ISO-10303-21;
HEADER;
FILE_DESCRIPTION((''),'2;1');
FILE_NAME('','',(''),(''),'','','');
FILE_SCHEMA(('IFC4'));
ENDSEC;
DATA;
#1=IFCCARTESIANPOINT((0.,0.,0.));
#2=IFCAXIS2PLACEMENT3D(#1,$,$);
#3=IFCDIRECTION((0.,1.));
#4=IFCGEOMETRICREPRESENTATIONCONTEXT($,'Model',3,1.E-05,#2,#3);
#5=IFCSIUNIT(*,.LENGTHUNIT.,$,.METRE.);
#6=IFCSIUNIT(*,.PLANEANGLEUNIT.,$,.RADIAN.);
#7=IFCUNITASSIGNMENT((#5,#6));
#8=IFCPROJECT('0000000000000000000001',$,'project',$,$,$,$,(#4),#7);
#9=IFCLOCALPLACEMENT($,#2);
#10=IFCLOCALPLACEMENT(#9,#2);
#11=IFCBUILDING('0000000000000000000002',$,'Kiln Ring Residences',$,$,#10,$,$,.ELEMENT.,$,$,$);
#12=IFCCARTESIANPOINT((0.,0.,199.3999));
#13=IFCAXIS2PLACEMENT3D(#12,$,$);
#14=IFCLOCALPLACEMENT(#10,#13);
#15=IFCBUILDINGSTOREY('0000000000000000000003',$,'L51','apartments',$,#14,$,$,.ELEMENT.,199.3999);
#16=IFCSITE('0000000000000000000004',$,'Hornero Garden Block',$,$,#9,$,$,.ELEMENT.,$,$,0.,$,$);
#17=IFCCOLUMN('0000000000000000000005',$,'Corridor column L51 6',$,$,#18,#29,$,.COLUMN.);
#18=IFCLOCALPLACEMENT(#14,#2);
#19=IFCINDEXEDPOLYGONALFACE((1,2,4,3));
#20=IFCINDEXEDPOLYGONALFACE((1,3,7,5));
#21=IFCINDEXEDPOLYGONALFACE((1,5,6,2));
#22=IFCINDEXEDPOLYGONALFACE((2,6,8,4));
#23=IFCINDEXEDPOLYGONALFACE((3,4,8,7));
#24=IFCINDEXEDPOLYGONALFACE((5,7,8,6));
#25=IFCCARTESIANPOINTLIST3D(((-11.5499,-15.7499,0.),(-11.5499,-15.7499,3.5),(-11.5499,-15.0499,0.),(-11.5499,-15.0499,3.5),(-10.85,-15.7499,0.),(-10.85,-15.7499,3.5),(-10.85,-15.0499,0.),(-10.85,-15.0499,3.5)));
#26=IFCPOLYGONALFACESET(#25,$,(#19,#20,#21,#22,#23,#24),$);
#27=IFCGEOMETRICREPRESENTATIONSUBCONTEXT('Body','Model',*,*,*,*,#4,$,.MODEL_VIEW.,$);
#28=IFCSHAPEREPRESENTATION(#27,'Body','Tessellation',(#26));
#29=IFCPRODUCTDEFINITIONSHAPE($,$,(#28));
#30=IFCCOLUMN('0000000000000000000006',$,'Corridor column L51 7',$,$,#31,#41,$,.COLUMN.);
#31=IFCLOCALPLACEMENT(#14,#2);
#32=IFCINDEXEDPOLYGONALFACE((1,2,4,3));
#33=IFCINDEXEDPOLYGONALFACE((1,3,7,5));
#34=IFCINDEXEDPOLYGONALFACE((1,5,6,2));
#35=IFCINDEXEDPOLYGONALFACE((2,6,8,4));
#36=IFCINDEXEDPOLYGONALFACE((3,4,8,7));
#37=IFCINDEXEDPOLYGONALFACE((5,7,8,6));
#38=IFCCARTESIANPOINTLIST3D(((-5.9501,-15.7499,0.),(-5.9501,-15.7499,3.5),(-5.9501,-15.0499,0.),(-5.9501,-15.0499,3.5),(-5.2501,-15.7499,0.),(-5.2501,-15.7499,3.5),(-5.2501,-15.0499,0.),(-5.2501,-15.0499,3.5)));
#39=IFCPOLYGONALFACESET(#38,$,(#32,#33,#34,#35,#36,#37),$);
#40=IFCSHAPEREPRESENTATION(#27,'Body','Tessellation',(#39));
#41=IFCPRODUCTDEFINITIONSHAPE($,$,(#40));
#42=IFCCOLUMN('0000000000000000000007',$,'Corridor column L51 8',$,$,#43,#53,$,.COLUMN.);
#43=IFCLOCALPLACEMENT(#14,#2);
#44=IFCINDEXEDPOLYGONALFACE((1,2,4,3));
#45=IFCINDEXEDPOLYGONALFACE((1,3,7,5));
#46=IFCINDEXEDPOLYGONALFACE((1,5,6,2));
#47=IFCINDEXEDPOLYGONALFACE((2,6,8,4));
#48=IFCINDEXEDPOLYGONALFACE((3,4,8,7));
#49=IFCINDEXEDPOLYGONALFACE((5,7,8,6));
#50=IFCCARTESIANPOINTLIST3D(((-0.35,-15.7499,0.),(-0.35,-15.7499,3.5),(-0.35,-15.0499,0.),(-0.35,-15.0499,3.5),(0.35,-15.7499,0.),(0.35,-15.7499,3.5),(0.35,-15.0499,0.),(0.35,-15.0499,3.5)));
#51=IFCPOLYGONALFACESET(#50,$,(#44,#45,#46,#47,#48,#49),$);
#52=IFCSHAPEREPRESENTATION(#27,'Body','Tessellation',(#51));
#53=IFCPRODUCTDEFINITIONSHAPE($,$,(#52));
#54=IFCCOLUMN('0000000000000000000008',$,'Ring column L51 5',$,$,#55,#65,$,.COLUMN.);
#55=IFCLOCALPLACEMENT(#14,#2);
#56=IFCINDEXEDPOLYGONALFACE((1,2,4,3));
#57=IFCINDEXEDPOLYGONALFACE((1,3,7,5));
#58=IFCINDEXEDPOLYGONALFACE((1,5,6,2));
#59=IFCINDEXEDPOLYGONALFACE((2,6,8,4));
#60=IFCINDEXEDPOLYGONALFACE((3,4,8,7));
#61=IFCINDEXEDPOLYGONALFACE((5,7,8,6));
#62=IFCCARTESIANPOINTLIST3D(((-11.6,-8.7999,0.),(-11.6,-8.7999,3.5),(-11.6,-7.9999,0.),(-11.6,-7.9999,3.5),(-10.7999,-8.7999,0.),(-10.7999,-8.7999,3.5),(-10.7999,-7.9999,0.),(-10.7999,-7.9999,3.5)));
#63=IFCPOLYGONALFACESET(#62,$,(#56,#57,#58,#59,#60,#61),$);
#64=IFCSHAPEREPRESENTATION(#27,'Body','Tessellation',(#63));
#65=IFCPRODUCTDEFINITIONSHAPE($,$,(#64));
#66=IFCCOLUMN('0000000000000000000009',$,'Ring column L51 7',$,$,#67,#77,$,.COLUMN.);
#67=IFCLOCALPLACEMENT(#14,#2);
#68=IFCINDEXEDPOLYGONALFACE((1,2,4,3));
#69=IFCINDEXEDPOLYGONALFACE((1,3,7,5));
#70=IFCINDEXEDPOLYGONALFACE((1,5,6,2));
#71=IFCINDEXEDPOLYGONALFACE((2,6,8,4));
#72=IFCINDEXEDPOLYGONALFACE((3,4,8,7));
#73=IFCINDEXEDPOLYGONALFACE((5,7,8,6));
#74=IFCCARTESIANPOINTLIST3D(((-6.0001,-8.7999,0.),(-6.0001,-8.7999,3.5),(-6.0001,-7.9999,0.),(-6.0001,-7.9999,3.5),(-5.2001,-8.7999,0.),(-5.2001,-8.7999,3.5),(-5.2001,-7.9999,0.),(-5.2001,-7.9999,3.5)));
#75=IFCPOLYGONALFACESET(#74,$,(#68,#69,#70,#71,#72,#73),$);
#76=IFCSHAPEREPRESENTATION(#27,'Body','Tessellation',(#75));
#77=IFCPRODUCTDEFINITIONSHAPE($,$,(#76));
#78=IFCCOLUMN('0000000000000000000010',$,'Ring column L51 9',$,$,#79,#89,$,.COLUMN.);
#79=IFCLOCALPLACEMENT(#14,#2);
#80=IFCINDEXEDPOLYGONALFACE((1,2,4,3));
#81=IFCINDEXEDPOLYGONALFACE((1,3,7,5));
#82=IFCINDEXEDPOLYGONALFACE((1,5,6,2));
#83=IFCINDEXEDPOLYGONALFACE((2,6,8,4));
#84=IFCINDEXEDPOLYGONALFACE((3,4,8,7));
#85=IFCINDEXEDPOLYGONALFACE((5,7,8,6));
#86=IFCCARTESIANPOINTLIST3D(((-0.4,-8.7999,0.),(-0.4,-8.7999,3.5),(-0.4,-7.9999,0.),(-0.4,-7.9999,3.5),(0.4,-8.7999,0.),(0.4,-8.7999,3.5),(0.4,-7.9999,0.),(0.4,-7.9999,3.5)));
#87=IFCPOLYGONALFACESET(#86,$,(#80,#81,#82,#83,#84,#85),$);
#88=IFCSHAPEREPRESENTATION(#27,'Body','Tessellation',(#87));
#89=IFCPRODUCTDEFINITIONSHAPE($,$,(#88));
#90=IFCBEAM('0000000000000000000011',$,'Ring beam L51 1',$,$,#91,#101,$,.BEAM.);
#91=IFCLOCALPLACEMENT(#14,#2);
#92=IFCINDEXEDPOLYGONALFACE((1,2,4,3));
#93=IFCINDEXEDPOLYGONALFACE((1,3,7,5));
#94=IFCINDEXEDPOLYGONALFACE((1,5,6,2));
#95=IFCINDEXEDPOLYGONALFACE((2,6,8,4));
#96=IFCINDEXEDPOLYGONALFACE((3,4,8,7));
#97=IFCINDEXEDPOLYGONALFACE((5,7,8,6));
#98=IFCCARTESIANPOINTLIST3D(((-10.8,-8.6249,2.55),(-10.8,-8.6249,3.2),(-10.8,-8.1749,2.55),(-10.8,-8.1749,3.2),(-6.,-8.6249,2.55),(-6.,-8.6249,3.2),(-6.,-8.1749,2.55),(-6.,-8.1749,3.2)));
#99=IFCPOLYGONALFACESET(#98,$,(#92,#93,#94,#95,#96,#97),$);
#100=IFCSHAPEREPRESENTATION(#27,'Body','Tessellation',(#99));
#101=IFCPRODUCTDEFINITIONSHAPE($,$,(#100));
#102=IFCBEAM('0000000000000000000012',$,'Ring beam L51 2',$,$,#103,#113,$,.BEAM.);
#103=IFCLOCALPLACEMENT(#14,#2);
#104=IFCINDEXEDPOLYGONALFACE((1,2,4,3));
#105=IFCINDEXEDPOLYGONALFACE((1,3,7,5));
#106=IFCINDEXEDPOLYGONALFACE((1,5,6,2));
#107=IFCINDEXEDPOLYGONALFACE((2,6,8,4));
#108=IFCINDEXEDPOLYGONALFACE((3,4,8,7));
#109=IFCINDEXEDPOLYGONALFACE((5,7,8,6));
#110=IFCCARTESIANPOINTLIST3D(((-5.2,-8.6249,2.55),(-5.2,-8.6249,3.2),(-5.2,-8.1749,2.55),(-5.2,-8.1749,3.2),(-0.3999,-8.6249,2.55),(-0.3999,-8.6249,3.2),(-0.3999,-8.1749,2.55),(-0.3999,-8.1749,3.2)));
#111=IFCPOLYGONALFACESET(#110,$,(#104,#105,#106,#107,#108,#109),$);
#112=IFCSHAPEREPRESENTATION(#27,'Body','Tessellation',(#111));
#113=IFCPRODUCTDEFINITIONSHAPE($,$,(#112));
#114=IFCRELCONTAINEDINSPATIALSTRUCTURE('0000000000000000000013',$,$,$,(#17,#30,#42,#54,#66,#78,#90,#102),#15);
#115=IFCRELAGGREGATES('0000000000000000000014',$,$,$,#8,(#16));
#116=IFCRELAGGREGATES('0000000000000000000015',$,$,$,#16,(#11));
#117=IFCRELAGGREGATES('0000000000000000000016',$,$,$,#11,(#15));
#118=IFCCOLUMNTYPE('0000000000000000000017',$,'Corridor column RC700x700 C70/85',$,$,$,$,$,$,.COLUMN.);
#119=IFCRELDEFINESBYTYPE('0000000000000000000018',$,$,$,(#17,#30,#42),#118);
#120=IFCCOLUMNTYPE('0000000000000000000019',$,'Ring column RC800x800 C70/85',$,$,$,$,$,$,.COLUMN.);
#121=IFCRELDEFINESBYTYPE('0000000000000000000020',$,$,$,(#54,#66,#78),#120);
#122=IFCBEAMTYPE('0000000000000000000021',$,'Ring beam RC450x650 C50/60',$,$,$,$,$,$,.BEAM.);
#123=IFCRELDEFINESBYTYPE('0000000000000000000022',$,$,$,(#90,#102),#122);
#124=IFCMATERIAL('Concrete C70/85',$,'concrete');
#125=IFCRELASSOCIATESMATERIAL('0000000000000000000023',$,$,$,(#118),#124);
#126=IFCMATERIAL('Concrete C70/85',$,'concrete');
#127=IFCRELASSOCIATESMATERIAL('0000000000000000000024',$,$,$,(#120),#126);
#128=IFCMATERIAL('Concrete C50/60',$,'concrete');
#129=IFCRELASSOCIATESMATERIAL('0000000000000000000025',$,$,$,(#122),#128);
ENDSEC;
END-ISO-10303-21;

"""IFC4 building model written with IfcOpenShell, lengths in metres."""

from ifc_helpers import new_model, si_unit, direction, frame, origin, origin_2d, place, context, subcontext, project, spatial, rectangle, extrude, material, material_profile, profile_set, type_object, element, save


model = new_model("IFC4")

# Units and contexts
model_context = context("Model", 3, precision=1e-05, world=origin(), true_north=direction((0.0, 1.0)))
body_context = subcontext(model_context, "Body", "Model", "MODEL_VIEW")
ifc_project = project(units=[si_unit("LENGTHUNIT", "METRE"), si_unit("PLANEANGLEUNIT", "RADIAN")], contexts=[model_context])

# Site, building, storey
site_placement = place(None, origin())
site = spatial("IfcSite", under=ifc_project, at=site_placement, Name="Hornero Garden Block", CompositionType="ELEMENT", RefElevation=0.0)
building_placement = place(site_placement, origin())
building = spatial("IfcBuilding", under=site, at=building_placement, Name="Kiln Ring Residences", CompositionType="ELEMENT")
storey_placement = place(building_placement, frame((0.0, 0.0, 199.3999)))
storey = spatial("IfcBuildingStorey", under=building, at=storey_placement, Name="L51", Description="apartments", CompositionType="ELEMENT", Elevation=199.3999)

# Columns
ifc_material_1 = material(Name="Concrete C70/85", Category="concrete")
ifc_material_profile_1 = material_profile(ifc_material_1, rectangle(XDim=0.7, YDim=0.7, at=origin_2d()), Name="RC700x700")
ifc_profile_set_1 = profile_set([ifc_material_profile_1], Name="Concrete C70/85")
column_type_1 = type_object("IfcColumnType", Name="Corridor column RC700x700 C70/85", PredefinedType="COLUMN", material=ifc_profile_set_1)
for number, where, z_axis, x_axis, name in (
    (1, (-11.2, -15.3999, 0.0), (0.0, 0.0, 1.0), (1.0, 0.0, 0.0), "Corridor column L51 6"),
    (2, (-5.6001, -15.3999, 0.0), (0.0, 0.0, 1.0), (1.0, 0.0, 0.0), "Corridor column L51 7"),
    (3, (0.0, -15.3999, 0.0), (0.0, 0.0, 1.0), (1.0, 0.0, 0.0), "Corridor column L51 8"),
):
    element("IfcColumn", number, at=place(storey_placement, frame(where, z_axis=z_axis, x_axis=x_axis)), inside=storey, type_object=column_type_1, Name=name, PredefinedType="COLUMN", context=body_context, shape_type="SweptSolid", body=[
        extrude(rectangle(XDim=0.7, YDim=0.7, at=origin_2d()), origin(), (0.0, 0.0, 1.0), 3.5),
    ])
ifc_material_2 = material(Name="Concrete C70/85", Category="concrete")
ifc_material_profile_2 = material_profile(ifc_material_2, rectangle(XDim=0.8, YDim=0.8, at=origin_2d()), Name="RC800x800")
ifc_profile_set_2 = profile_set([ifc_material_profile_2], Name="Concrete C70/85")
column_type_2 = type_object("IfcColumnType", Name="Ring column RC800x800 C70/85", PredefinedType="COLUMN", material=ifc_profile_set_2)
for number, where, z_axis, x_axis, name in (
    (4, (-11.2, -8.3999, 0.0), (0.0, 0.0, 1.0), (1.0, 0.0, 0.0), "Ring column L51 5"),
    (5, (-5.6001, -8.3999, 0.0), (0.0, 0.0, 1.0), (1.0, 0.0, 0.0), "Ring column L51 7"),
    (6, (0.0, -8.3999, 0.0), (0.0, 0.0, 1.0), (1.0, 0.0, 0.0), "Ring column L51 9"),
):
    element("IfcColumn", number, at=place(storey_placement, frame(where, z_axis=z_axis, x_axis=x_axis)), inside=storey, type_object=column_type_2, Name=name, PredefinedType="COLUMN", context=body_context, shape_type="SweptSolid", body=[
        extrude(rectangle(XDim=0.8, YDim=0.8, at=origin_2d()), origin(), (0.0, 0.0, 1.0), 3.5),
    ])

# Beams
ifc_material_3 = material(Name="Concrete C50/60", Category="concrete")
ifc_material_profile_3 = material_profile(ifc_material_3, rectangle(XDim=0.45, YDim=0.6499, at=origin_2d()), Name="RC450x650")
ifc_profile_set_3 = profile_set([ifc_material_profile_3], Name="Concrete C50/60")
beam_type = type_object("IfcBeamType", Name="Ring beam RC450x650 C50/60", PredefinedType="BEAM", material=ifc_profile_set_3)
for number, where, z_axis, x_axis, name in (
    (7, (-10.8, -8.3999, 2.875), (1.0, 0.0, 0.0), (0.0, 1.0, 0.0), "Ring beam L51 1"),
    (8, (-5.2, -8.3999, 2.875), (1.0, 0.0, 0.0), (0.0, 1.0, 0.0), "Ring beam L51 2"),
):
    element("IfcBeam", number, at=place(storey_placement, frame(where, z_axis=z_axis, x_axis=x_axis)), inside=storey, type_object=beam_type, Name=name, PredefinedType="BEAM", context=body_context, shape_type="SweptSolid", body=[
        extrude(rectangle(XDim=0.45, YDim=0.6499, at=origin_2d()), origin(), (0.0, 0.0, 1.0), 4.8),
    ])

save(model, "model.ifc")
